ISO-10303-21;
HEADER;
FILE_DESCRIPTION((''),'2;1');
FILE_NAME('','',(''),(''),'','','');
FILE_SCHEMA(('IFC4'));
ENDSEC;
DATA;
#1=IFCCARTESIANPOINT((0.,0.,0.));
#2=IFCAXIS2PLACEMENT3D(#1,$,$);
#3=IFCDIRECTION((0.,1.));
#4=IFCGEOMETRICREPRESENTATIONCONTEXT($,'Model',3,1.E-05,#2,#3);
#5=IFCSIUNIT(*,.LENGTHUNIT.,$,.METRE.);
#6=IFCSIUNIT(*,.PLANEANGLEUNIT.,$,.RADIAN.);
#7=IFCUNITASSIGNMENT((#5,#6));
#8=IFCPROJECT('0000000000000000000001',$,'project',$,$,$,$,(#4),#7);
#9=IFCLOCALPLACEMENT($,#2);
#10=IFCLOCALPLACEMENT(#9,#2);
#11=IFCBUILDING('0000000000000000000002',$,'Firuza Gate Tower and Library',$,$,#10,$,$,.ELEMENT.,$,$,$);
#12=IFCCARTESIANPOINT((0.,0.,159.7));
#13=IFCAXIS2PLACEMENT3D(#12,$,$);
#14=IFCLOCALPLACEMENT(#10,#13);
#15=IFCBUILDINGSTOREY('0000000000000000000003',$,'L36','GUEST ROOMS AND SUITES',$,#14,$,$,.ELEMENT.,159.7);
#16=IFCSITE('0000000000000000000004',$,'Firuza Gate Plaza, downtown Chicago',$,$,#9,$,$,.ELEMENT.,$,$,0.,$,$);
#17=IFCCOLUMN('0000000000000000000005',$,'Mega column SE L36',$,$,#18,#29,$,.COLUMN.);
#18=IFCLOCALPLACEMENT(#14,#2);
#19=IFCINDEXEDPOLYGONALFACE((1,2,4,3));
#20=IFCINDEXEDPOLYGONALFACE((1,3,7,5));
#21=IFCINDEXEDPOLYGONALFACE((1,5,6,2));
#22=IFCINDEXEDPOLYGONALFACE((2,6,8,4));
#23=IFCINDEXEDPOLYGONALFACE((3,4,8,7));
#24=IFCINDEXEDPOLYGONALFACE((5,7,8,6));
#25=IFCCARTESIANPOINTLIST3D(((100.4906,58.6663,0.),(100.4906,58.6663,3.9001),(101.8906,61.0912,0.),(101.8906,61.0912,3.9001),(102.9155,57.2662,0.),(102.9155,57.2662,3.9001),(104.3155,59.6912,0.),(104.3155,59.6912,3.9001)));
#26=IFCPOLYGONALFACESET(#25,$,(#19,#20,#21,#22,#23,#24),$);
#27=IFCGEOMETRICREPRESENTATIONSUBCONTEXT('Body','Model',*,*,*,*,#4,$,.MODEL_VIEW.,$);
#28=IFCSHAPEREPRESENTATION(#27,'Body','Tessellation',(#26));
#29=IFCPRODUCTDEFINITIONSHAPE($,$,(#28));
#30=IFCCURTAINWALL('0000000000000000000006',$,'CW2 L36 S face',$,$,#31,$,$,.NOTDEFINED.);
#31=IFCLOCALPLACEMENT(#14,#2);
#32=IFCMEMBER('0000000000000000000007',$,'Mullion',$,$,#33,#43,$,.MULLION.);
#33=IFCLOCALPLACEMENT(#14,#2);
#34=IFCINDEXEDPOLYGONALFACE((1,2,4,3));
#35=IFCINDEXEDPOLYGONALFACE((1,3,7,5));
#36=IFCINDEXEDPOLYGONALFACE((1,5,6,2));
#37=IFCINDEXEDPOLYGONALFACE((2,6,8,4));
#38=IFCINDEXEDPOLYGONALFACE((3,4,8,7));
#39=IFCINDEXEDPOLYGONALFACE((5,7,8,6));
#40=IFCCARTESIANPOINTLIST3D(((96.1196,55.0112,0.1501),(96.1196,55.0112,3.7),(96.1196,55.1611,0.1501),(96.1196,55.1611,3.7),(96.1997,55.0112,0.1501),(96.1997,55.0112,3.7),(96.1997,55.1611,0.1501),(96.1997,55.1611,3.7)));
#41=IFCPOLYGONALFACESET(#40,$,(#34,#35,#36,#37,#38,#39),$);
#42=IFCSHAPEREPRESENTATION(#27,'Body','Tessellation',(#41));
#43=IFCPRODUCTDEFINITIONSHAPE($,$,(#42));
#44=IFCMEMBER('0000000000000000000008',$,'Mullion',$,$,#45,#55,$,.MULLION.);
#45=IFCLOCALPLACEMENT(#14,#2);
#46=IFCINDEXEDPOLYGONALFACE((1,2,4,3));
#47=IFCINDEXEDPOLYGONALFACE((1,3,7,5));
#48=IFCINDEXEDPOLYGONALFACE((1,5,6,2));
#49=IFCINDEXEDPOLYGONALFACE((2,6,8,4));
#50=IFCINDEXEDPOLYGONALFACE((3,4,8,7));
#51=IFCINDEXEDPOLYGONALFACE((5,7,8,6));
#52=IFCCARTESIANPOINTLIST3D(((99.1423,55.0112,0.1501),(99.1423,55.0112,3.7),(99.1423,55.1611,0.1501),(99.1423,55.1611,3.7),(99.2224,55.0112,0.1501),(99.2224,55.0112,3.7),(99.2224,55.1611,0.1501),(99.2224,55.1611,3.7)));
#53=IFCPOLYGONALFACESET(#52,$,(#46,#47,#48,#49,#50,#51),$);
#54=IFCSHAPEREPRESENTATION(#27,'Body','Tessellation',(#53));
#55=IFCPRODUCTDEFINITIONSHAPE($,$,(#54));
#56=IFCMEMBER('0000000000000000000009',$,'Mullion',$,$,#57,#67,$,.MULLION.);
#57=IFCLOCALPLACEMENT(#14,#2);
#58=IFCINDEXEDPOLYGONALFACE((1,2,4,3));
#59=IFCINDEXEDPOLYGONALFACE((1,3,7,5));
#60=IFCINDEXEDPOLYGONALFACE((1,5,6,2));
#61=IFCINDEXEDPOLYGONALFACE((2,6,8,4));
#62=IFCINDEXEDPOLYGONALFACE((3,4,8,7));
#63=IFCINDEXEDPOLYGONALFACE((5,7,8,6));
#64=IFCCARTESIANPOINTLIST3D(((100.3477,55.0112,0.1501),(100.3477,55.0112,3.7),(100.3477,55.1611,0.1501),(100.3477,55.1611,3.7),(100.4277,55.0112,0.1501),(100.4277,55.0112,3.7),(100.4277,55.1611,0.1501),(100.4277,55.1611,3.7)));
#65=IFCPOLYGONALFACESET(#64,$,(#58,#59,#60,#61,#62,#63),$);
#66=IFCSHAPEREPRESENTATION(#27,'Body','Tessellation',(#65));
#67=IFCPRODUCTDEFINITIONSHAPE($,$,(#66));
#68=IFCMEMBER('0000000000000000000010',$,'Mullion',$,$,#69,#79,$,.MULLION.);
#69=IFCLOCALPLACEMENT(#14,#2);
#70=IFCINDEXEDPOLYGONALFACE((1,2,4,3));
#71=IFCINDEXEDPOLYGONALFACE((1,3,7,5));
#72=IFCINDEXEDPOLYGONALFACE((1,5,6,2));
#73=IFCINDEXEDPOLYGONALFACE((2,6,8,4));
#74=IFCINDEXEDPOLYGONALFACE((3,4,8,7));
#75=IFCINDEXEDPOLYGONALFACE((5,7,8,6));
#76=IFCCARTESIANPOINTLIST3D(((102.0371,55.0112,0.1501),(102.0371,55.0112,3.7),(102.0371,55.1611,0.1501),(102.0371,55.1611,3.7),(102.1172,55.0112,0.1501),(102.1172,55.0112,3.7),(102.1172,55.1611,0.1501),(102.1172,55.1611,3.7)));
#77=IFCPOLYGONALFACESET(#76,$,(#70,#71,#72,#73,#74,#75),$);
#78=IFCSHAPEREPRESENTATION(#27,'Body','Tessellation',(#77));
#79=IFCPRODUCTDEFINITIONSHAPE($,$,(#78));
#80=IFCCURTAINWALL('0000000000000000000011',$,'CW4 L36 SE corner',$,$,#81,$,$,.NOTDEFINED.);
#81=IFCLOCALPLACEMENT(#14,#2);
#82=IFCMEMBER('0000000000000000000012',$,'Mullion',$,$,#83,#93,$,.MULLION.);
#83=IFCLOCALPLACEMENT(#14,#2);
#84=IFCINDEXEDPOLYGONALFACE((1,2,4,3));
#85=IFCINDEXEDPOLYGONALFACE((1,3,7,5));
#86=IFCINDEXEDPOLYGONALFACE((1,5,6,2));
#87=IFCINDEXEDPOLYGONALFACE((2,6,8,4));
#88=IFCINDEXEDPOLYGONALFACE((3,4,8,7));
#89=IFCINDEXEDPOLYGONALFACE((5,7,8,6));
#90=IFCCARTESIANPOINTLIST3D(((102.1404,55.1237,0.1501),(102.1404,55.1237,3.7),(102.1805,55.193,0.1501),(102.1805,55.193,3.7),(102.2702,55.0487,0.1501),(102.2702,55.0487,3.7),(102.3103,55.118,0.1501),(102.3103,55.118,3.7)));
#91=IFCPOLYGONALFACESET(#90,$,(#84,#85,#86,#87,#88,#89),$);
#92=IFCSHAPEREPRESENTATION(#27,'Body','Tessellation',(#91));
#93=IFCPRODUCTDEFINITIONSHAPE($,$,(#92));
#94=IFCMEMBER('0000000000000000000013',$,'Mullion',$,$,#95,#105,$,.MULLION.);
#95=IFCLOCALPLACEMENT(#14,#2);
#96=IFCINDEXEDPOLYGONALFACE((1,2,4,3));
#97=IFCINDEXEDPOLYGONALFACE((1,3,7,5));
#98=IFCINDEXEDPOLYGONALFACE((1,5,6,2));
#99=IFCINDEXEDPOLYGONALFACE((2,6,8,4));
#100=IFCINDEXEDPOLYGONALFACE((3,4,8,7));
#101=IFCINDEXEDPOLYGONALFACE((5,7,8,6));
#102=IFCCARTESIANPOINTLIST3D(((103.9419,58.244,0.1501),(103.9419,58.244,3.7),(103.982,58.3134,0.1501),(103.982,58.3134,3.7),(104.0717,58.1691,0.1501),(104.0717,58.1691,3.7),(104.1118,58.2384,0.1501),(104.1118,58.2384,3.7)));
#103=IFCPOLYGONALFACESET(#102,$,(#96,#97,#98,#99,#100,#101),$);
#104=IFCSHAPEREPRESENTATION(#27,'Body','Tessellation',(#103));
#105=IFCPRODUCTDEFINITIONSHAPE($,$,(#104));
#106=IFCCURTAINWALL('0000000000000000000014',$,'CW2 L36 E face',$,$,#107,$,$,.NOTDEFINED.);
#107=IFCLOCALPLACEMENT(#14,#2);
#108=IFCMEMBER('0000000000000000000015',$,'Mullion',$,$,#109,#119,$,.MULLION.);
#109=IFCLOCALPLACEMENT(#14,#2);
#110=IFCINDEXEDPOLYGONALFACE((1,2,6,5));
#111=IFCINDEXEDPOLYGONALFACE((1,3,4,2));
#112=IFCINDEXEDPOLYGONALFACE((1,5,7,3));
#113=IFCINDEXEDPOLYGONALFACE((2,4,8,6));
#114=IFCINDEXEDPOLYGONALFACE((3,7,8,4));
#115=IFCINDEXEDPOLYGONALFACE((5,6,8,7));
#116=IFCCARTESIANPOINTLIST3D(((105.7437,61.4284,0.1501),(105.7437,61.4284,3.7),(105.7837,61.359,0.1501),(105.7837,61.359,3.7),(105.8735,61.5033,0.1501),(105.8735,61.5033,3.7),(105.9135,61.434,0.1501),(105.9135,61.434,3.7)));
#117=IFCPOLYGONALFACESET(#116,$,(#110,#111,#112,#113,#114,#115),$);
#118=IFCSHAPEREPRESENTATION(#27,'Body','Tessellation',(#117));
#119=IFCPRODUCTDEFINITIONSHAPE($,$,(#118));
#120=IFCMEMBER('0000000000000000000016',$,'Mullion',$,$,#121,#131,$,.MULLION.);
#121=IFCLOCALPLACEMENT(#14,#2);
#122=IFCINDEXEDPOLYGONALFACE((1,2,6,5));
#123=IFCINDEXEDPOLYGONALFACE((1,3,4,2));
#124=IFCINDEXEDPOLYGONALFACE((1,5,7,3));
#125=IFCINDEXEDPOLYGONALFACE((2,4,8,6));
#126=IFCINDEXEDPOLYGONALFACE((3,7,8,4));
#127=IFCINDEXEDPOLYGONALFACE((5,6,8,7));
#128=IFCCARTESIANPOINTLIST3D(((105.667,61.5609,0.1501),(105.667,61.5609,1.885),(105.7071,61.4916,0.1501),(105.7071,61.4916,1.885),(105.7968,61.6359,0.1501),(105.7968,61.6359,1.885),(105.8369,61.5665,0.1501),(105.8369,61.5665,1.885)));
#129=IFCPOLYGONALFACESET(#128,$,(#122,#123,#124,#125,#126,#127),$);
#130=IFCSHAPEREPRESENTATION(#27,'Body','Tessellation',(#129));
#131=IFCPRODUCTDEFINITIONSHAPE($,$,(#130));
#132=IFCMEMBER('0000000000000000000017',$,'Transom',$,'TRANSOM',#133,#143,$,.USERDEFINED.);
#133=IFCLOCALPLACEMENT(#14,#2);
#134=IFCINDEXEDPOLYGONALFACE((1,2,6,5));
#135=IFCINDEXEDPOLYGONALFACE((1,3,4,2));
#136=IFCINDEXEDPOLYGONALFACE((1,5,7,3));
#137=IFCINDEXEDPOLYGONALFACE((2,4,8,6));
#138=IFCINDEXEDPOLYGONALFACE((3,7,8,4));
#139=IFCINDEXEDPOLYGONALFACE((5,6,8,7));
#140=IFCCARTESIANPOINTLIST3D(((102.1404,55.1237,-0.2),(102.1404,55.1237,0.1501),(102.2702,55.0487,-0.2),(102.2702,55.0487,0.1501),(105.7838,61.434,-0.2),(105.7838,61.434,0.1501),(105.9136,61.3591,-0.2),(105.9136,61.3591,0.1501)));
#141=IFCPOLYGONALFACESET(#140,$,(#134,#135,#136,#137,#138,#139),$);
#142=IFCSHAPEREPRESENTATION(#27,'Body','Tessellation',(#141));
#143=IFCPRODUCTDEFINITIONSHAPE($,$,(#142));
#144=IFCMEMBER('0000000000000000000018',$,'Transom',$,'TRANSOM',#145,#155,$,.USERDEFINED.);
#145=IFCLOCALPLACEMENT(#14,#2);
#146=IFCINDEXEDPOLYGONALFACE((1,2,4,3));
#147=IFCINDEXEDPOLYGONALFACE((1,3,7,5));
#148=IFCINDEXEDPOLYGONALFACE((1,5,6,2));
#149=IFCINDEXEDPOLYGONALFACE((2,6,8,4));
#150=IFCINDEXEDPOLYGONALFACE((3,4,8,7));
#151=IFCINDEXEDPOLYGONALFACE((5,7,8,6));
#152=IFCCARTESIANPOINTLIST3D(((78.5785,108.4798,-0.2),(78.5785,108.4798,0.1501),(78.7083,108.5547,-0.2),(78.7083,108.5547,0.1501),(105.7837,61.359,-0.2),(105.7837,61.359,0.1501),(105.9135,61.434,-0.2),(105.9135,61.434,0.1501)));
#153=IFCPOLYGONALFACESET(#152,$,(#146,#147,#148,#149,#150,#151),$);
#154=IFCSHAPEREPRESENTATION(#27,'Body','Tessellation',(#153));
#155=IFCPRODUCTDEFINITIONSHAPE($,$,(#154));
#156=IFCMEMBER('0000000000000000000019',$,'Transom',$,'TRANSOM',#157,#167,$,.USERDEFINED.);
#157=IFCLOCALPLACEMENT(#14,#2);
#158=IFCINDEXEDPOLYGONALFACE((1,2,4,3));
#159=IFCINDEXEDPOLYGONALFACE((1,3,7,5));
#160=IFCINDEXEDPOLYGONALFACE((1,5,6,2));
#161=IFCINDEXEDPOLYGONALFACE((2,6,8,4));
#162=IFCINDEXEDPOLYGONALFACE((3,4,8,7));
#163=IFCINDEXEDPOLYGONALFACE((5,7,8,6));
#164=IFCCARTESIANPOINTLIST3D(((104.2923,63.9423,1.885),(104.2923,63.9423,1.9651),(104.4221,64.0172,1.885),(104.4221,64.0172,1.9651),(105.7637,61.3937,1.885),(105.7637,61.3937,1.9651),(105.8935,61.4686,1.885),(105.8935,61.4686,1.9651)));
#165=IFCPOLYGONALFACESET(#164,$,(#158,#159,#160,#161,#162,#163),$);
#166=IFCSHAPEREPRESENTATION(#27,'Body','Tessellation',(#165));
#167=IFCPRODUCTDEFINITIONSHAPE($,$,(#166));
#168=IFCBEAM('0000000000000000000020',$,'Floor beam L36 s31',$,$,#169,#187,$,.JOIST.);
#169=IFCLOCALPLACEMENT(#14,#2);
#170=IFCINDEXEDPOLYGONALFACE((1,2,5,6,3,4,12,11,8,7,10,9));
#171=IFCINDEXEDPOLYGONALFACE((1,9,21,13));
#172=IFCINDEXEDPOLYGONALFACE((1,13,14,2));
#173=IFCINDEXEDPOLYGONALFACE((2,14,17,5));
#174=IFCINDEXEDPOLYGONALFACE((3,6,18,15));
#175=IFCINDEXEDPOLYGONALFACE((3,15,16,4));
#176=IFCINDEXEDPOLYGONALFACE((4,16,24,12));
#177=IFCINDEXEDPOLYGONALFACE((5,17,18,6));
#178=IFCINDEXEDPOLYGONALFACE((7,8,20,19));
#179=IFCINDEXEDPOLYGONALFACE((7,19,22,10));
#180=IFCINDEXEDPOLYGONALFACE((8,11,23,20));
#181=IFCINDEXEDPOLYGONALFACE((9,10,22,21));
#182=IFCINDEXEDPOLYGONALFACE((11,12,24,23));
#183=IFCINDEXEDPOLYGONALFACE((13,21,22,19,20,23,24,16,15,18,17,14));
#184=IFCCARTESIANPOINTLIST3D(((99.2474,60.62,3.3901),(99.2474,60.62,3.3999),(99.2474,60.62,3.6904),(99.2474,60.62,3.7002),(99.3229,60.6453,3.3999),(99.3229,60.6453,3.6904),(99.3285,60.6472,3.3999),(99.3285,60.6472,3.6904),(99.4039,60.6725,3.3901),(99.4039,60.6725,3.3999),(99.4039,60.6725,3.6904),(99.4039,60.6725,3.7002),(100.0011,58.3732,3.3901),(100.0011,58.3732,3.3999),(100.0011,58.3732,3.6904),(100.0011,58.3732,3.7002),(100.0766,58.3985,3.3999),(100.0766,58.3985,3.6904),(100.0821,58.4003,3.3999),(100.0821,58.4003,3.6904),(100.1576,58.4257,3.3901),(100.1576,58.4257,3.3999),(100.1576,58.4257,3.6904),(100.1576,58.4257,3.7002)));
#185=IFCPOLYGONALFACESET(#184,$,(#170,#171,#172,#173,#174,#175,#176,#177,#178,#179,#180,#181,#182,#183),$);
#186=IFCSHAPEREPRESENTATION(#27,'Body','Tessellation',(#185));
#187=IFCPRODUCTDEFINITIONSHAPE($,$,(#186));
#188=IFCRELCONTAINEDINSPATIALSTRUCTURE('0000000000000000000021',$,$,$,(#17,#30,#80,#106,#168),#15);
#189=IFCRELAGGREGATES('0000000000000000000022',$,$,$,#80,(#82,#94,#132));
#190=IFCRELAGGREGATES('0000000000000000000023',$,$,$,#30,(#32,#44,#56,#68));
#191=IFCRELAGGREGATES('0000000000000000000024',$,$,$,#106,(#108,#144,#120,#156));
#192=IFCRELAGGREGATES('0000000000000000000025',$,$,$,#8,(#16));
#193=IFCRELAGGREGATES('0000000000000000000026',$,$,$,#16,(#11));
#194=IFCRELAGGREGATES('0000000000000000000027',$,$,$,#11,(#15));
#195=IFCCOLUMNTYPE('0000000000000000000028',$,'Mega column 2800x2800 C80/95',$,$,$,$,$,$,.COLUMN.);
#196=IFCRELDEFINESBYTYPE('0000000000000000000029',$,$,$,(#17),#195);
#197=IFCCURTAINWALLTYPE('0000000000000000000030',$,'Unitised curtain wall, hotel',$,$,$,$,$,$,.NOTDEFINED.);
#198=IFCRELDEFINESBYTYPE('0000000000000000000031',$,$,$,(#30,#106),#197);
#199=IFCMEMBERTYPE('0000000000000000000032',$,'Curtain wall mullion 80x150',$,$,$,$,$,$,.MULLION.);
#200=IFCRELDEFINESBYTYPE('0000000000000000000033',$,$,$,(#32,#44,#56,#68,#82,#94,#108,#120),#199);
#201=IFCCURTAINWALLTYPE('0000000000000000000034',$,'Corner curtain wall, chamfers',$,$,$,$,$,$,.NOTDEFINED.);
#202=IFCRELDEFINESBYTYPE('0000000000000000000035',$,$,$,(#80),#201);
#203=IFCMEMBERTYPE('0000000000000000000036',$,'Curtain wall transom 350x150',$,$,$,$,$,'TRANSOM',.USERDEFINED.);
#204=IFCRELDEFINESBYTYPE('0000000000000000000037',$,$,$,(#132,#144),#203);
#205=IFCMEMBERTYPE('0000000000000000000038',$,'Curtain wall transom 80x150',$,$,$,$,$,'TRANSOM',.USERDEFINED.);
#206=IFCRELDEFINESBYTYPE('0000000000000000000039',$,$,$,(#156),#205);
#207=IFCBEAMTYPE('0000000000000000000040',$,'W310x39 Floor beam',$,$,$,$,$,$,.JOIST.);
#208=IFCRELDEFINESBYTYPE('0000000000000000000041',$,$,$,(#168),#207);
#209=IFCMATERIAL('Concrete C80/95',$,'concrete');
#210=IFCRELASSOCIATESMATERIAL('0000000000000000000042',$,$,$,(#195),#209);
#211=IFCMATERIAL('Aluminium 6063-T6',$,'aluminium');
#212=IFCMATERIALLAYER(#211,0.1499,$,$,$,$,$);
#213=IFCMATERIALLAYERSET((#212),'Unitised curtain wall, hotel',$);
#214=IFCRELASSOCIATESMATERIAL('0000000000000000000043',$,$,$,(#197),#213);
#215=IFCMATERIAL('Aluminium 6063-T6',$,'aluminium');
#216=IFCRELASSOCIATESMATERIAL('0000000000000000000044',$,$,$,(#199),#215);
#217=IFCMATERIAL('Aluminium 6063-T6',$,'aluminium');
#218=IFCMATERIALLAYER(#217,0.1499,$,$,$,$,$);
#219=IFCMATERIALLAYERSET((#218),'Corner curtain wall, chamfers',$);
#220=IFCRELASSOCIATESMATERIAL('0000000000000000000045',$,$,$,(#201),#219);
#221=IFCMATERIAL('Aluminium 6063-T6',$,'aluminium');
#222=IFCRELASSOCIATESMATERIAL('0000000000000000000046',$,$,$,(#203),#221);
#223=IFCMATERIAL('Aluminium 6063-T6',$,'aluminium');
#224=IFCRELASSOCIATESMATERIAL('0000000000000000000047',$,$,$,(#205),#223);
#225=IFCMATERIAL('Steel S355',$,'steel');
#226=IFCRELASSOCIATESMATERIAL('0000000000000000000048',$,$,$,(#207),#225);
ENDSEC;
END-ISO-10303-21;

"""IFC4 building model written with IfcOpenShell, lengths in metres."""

from ifc_helpers import new_model, si_unit, direction, frame, origin, origin_2d, place, context, subcontext, project, spatial, rectangle, i_section, extrude, material, layer, layer_set, material_profile, profile_set, type_object, element, aggregate, save


model = new_model("IFC4")

# Units and contexts
model_context = context("Model", 3, precision=1e-05, world=origin(), true_north=direction((0.0, 1.0)))
body_context = subcontext(model_context, "Body", "Model", "MODEL_VIEW")
ifc_project = project(units=[si_unit("LENGTHUNIT", "METRE"), si_unit("PLANEANGLEUNIT", "RADIAN")], contexts=[model_context])

# Site, building, storey
site_placement = place(None, origin())
site = spatial("IfcSite", under=ifc_project, at=site_placement, Name="Firuza Gate Plaza, downtown Chicago", CompositionType="ELEMENT", RefElevation=0.0)
building_placement = place(site_placement, origin())
building = spatial("IfcBuilding", under=site, at=building_placement, Name="Firuza Gate Tower and Library", CompositionType="ELEMENT")
storey_placement = place(building_placement, frame((0.0, 0.0, 159.7)))
storey = spatial("IfcBuildingStorey", under=building, at=storey_placement, Name="L36", Description="GUEST ROOMS AND SUITES", CompositionType="ELEMENT", Elevation=159.7)

# Column
ifc_material_1 = material(Name="Concrete C80/95", Category="concrete")
ifc_material_profile_1 = material_profile(ifc_material_1, rectangle(XDim=2.8, YDim=2.8, at=origin_2d()))
ifc_profile_set_1 = profile_set([ifc_material_profile_1], Name="Concrete C80/95")
column_type = type_object("IfcColumnType", Name="Mega column 2800x2800 C80/95", PredefinedType="COLUMN", material=ifc_profile_set_1)
column_placement = place(storey_placement, frame((102.4031, 59.1787, 0.0), z_axis=(0.0, 0.0, 1.0), x_axis=(0.5, 0.866025, 0.0)))
element("IfcColumn", 1, at=column_placement, inside=storey, type_object=column_type, Name="Mega column SE L36", PredefinedType="COLUMN", context=body_context, shape_type="SweptSolid", body=[
    extrude(rectangle(XDim=2.8, YDim=2.8, at=origin_2d()), origin(), (0.0, 0.0, 1.0), 3.9001),
])

# Curtain walls, members
ifc_material_2 = material(Name="Aluminium 6063-T6", Category="aluminium")
ifc_layer_1 = layer(ifc_material_2, 0.1499)
ifc_layer_set_1 = layer_set([ifc_layer_1], Name="Unitised curtain wall, hotel")
curtain_wall_type_1 = type_object("IfcCurtainWallType", Name="Unitised curtain wall, hotel", PredefinedType="NOTDEFINED", material=ifc_layer_set_1)
placement = place(storey_placement, origin())
curtain_wall_1 = element("IfcCurtainWall", 2, at=placement, inside=storey, type_object=curtain_wall_type_1, Name="CW2 L36 S face", PredefinedType="NOTDEFINED")
ifc_material_3 = material(Name="Aluminium 6063-T6", Category="aluminium")
ifc_material_profile_2 = material_profile(ifc_material_3, rectangle(XDim=0.1499, YDim=0.0801, at=origin_2d()))
ifc_profile_set_2 = profile_set([ifc_material_profile_2], Name="Aluminium 6063-T6")
member_type_1 = type_object("IfcMemberType", Name="Curtain wall mullion 80x150", PredefinedType="MULLION", material=ifc_profile_set_2)
member_1_placement = place(storey_placement, frame((96.1597, 55.0862, 0.1501), z_axis=(0.0, 0.0, 1.0), x_axis=(0.0, 1.0, 0.0)))
member_1 = element("IfcMember", 3, at=member_1_placement, type_object=member_type_1, Name="Mullion", PredefinedType="MULLION", context=body_context, shape_type="SweptSolid", body=[
    extrude(rectangle(XDim=0.1499, YDim=0.0801, at=origin_2d()), origin(), (0.0, 0.0, 1.0), 3.5498),
])
member_2_placement = place(storey_placement, frame((99.1824, 55.0862, 0.1501), z_axis=(0.0, 0.0, 1.0), x_axis=(0.0, 1.0, 0.0)))
member_2 = element("IfcMember", 4, at=member_2_placement, type_object=member_type_1, Name="Mullion", PredefinedType="MULLION", context=body_context, shape_type="SweptSolid", body=[
    extrude(rectangle(XDim=0.1499, YDim=0.0801, at=origin_2d()), origin(), (0.0, 0.0, 1.0), 3.5498),
])
member_3_placement = place(storey_placement, frame((100.3877, 55.0862, 0.1501), z_axis=(0.0, 0.0, 1.0), x_axis=(0.0, 1.0, 0.0)))
member_3 = element("IfcMember", 5, at=member_3_placement, type_object=member_type_1, Name="Mullion", PredefinedType="MULLION", context=body_context, shape_type="SweptSolid", body=[
    extrude(rectangle(XDim=0.1499, YDim=0.0801, at=origin_2d()), origin(), (0.0, 0.0, 1.0), 3.5498),
])
member_4_placement = place(storey_placement, frame((102.0771, 55.0862, 0.1501), z_axis=(0.0, 0.0, 1.0), x_axis=(0.0, 1.0, 0.0)))
member_4 = element("IfcMember", 6, at=member_4_placement, type_object=member_type_1, Name="Mullion", PredefinedType="MULLION", context=body_context, shape_type="SweptSolid", body=[
    extrude(rectangle(XDim=0.1499, YDim=0.0801, at=origin_2d()), origin(), (0.0, 0.0, 1.0), 3.5498),
])
ifc_material_4 = material(Name="Aluminium 6063-T6", Category="aluminium")
ifc_layer_2 = layer(ifc_material_4, 0.1499)
ifc_layer_set_2 = layer_set([ifc_layer_2], Name="Corner curtain wall, chamfers")
curtain_wall_type_2 = type_object("IfcCurtainWallType", Name="Corner curtain wall, chamfers", PredefinedType="NOTDEFINED", material=ifc_layer_set_2)
curtain_wall_2 = element("IfcCurtainWall", 7, at=placement, inside=storey, type_object=curtain_wall_type_2, Name="CW4 L36 SE corner", PredefinedType="NOTDEFINED")
member_5_placement = place(storey_placement, frame((102.2253, 55.1208, 0.1501), z_axis=(0.0, 0.0, 1.0), x_axis=(-0.866025, 0.5, 0.0)))
member_5 = element("IfcMember", 8, at=member_5_placement, type_object=member_type_1, Name="Mullion", PredefinedType="MULLION", context=body_context, shape_type="SweptSolid", body=[
    extrude(rectangle(XDim=0.1499, YDim=0.0801, at=origin_2d()), origin(), (0.0, 0.0, 1.0), 3.5498),
])
member_6_placement = place(storey_placement, frame((104.0269, 58.2412, 0.1501), z_axis=(0.0, 0.0, 1.0), x_axis=(-0.866025, 0.5, 0.0)))
member_6 = element("IfcMember", 9, at=member_6_placement, type_object=member_type_1, Name="Mullion", PredefinedType="MULLION", context=body_context, shape_type="SweptSolid", body=[
    extrude(rectangle(XDim=0.1499, YDim=0.0801, at=origin_2d()), origin(), (0.0, 0.0, 1.0), 3.5498),
])
curtain_wall_3 = element("IfcCurtainWall", 10, at=placement, inside=storey, type_object=curtain_wall_type_1, Name="CW2 L36 E face", PredefinedType="NOTDEFINED")
member_7_placement = place(storey_placement, frame((105.8286, 61.4312, 0.1501), z_axis=(0.0, 0.0, 1.0), x_axis=(-0.866025, -0.5, 0.0)))
member_7 = element("IfcMember", 11, at=member_7_placement, type_object=member_type_1, Name="Mullion", PredefinedType="MULLION", context=body_context, shape_type="SweptSolid", body=[
    extrude(rectangle(XDim=0.1499, YDim=0.0801, at=origin_2d()), origin(), (0.0, 0.0, 1.0), 3.5498),
])
member_8_placement = place(storey_placement, frame((105.752, 61.5637, 0.1501), z_axis=(0.0, 0.0, 1.0), x_axis=(-0.866025, -0.5, 0.0)))
member_8 = element("IfcMember", 12, at=member_8_placement, type_object=member_type_1, Name="Mullion", PredefinedType="MULLION", context=body_context, shape_type="SweptSolid", body=[
    extrude(rectangle(XDim=0.1499, YDim=0.0801, at=origin_2d()), origin(), (0.0, 0.0, 1.0), 1.7349),
])

# Members
ifc_material_5 = material(Name="Aluminium 6063-T6", Category="aluminium")
ifc_material_profile_3 = material_profile(ifc_material_5, rectangle(XDim=0.1499, YDim=0.3501, at=origin_2d()))
ifc_profile_set_3 = profile_set([ifc_material_profile_3], Name="Aluminium 6063-T6")
member_type_2 = type_object("IfcMemberType", Name="Curtain wall transom 350x150", ElementType="TRANSOM", PredefinedType="USERDEFINED", material=ifc_profile_set_3)
member_9_placement = place(storey_placement, frame((102.2053, 55.0862, -0.0249), z_axis=(0.500006, 0.866022, 0.0), x_axis=(-0.866022, 0.500006, 0.0)))
member_9 = element("IfcMember", 13, at=member_9_placement, type_object=member_type_2, Name="Transom", ObjectType="TRANSOM", PredefinedType="USERDEFINED", context=body_context, shape_type="SweptSolid", body=[
    extrude(rectangle(XDim=0.1499, YDim=0.3501, at=origin_2d()), origin(), (0.0, 0.0, 1.0), 7.2866),
])
member_10_placement = place(storey_placement, frame((105.8486, 61.3965, -0.0249), z_axis=(-0.500001, 0.866025, 0.0), x_axis=(-0.866025, -0.500001, 0.0)))
member_10 = element("IfcMember", 14, at=member_10_placement, type_object=member_type_2, Name="Transom", ObjectType="TRANSOM", PredefinedType="USERDEFINED", context=body_context, shape_type="SweptSolid", body=[
    extrude(rectangle(XDim=0.1499, YDim=0.3501, at=origin_2d()), origin(), (0.0, 0.0, 1.0), 54.4104),
])
ifc_material_6 = material(Name="Aluminium 6063-T6", Category="aluminium")
ifc_material_profile_4 = material_profile(ifc_material_6, rectangle(XDim=0.1499, YDim=0.0801, at=origin_2d()))
ifc_profile_set_4 = profile_set([ifc_material_profile_4], Name="Aluminium 6063-T6")
member_type_3 = type_object("IfcMemberType", Name="Curtain wall transom 80x150", ElementType="TRANSOM", PredefinedType="USERDEFINED", material=ifc_profile_set_4)
member_11_placement = place(storey_placement, frame((105.8286, 61.4312, 1.925), z_axis=(-0.500003, 0.866024, 0.0), x_axis=(-0.866024, -0.500003, 0.0)))
member_11 = element("IfcMember", 15, at=member_11_placement, type_object=member_type_3, Name="Transom", ObjectType="TRANSOM", PredefinedType="USERDEFINED", context=body_context, shape_type="SweptSolid", body=[
    extrude(rectangle(XDim=0.1499, YDim=0.0801, at=origin_2d()), origin(), (0.0, 0.0, 1.0), 2.9429),
])

# Beam
ifc_material_7 = material(Name="Steel S355", Category="steel")
ifc_material_profile_5 = material_profile(ifc_material_7, i_section(OverallWidth=0.165, OverallDepth=0.3101, WebThickness=0.0059, FlangeThickness=0.0098, at=origin_2d()))
ifc_profile_set_5 = profile_set([ifc_material_profile_5], Name="Steel S355")
beam_type_1 = type_object("IfcBeamType", Name="W310x39 Floor beam", PredefinedType="JOIST", material=ifc_profile_set_5)
beam_1_placement = place(storey_placement, frame((100.0793, 58.3994, 3.5452), z_axis=(-0.31802, 0.948084, 0.0), x_axis=(-0.948084, -0.31802, 0.0)))
element("IfcBeam", 16, at=beam_1_placement, inside=storey, type_object=beam_type_1, Name="Floor beam L36 s31", PredefinedType="JOIST", context=body_context, shape_type="SweptSolid", body=[
    extrude(i_section(OverallWidth=0.165, OverallDepth=0.3101, WebThickness=0.0059, FlangeThickness=0.0098, at=origin_2d()), origin(), (0.0, 0.0, 1.0), 2.3699),
])

aggregate(curtain_wall_2, [member_5, member_6, member_9])
aggregate(curtain_wall_1, [member_1, member_2, member_3, member_4])
aggregate(curtain_wall_3, [member_7, member_10, member_8, member_11])

save(model, "model.ifc")
